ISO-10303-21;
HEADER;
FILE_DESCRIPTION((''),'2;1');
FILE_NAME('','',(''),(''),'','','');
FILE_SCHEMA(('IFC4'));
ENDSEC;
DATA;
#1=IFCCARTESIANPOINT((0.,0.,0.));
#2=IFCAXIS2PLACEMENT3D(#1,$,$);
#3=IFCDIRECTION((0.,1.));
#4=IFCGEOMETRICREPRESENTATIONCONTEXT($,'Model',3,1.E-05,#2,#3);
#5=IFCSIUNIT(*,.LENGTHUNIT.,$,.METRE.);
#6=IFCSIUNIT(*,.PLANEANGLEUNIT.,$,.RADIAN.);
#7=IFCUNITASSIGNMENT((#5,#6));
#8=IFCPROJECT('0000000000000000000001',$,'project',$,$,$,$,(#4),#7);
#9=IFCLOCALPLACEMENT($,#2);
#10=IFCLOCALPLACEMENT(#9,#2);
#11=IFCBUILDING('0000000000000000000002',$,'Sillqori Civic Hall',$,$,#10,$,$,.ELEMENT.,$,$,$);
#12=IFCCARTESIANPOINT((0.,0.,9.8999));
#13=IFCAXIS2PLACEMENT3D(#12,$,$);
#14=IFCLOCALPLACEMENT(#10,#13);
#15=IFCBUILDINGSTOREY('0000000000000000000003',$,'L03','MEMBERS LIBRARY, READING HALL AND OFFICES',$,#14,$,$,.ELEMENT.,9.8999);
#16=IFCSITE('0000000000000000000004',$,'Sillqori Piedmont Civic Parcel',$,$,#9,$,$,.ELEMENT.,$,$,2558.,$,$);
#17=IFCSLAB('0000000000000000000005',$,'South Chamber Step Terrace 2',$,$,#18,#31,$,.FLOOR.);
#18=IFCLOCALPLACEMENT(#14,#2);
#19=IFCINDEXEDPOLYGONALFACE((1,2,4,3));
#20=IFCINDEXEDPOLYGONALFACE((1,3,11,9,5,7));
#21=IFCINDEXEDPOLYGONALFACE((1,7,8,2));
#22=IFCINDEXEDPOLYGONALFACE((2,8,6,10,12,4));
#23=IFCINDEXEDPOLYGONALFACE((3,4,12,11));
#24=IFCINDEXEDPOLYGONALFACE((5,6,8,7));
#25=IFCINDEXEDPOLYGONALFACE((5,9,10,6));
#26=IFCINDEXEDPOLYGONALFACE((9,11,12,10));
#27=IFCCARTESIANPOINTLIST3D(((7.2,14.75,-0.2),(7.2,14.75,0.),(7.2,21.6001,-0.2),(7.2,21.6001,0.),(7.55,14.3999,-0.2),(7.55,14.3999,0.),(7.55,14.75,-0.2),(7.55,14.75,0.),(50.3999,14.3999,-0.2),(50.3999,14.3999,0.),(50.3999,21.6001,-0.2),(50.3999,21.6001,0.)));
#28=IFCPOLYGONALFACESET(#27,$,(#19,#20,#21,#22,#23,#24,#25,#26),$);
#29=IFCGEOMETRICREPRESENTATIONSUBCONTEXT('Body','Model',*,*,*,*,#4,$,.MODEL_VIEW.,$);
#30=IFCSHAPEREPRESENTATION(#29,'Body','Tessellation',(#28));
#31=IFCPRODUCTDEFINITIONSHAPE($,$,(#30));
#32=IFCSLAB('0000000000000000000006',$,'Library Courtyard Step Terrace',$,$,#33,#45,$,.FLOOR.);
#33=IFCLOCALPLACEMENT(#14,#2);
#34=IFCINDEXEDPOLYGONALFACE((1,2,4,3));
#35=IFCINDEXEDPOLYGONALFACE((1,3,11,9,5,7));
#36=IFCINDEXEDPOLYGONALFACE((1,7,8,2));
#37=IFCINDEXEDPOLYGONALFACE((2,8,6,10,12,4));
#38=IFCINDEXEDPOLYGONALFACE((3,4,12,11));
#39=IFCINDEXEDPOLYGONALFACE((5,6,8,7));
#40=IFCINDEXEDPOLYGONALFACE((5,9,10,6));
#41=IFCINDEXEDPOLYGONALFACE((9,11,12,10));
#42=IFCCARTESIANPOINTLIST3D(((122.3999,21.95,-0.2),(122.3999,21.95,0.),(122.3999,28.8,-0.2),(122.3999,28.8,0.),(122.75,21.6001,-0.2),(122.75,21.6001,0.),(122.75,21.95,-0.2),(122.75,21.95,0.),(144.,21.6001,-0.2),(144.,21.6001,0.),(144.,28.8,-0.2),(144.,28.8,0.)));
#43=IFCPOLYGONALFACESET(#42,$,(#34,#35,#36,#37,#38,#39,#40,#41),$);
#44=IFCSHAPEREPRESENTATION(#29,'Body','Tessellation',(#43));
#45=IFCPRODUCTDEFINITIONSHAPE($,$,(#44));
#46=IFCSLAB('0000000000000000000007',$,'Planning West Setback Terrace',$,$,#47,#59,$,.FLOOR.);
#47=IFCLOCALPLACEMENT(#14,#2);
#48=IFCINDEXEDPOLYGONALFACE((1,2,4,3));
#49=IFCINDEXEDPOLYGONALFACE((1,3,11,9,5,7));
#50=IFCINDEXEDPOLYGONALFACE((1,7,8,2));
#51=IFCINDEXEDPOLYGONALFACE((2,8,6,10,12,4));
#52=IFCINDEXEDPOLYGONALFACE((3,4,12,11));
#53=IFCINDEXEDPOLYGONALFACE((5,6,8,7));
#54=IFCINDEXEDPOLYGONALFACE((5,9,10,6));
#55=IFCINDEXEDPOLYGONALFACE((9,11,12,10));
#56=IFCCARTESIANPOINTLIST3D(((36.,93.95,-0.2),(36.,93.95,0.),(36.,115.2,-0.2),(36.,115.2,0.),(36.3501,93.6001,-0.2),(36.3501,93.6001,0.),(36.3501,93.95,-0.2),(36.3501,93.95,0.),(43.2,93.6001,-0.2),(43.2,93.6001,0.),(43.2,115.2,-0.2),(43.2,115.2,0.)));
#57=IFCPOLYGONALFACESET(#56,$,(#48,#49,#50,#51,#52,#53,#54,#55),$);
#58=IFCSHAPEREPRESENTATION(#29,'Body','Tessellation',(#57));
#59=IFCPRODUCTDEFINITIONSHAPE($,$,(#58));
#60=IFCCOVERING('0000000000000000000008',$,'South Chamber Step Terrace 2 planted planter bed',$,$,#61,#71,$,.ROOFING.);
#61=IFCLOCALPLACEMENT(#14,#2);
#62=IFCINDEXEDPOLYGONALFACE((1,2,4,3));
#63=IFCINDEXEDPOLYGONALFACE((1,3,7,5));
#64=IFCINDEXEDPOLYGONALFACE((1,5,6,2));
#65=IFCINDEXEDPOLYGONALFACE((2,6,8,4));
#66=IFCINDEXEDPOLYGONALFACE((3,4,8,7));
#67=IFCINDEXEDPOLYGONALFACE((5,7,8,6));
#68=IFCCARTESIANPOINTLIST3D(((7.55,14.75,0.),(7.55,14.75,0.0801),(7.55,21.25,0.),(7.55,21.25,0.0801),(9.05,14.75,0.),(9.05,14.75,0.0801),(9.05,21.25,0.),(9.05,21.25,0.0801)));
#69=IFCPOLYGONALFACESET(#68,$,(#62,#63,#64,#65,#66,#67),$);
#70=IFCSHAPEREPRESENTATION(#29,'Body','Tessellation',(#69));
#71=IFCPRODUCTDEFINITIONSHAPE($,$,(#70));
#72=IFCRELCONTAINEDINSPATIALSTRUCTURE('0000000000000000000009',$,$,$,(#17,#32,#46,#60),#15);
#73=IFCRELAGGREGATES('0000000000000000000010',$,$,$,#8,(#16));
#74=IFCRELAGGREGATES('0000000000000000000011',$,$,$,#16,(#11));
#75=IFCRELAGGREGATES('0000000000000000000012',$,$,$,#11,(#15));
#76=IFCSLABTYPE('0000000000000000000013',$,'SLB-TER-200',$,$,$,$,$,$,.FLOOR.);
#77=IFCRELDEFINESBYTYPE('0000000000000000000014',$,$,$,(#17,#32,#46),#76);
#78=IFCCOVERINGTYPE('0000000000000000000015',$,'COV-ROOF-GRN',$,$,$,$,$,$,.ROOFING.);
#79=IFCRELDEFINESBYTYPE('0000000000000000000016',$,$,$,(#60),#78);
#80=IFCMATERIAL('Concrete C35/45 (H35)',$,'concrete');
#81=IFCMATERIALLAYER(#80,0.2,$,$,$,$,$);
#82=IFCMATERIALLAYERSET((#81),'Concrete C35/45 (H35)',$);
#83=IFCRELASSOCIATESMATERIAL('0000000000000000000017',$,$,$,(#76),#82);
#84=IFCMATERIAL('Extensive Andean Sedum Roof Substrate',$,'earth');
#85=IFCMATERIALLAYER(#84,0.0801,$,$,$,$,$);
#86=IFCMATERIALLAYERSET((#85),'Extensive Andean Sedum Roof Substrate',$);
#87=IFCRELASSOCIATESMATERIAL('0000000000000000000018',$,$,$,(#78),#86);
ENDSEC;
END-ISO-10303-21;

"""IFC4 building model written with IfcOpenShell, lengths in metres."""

from ifc_helpers import new_model, si_unit, direction, frame, origin, place, context, subcontext, project, spatial, polyline, outline, extrude, material, layer, layer_set, type_object, element, save


model = new_model("IFC4")

# Units and contexts
model_context = context("Model", 3, precision=1e-05, world=origin(), true_north=direction((0.0, 1.0)))
body_context = subcontext(model_context, "Body", "Model", "MODEL_VIEW")
ifc_project = project(units=[si_unit("LENGTHUNIT", "METRE"), si_unit("PLANEANGLEUNIT", "RADIAN")], contexts=[model_context])

# Site, building, storey
site_placement = place(None, origin())
site = spatial("IfcSite", under=ifc_project, at=site_placement, Name="Sillqori Piedmont Civic Parcel", CompositionType="ELEMENT", RefElevation=2558.0)
building_placement = place(site_placement, origin())
building = spatial("IfcBuilding", under=site, at=building_placement, Name="Sillqori Civic Hall", CompositionType="ELEMENT")
storey_placement = place(building_placement, frame((0.0, 0.0, 9.8999)))
storey = spatial("IfcBuildingStorey", under=building, at=storey_placement, Name="L03", Description="MEMBERS LIBRARY, READING HALL AND OFFICES", CompositionType="ELEMENT", Elevation=9.8999)

# Slabs
ifc_material_1 = material(Name="Concrete C35/45 (H35)", Category="concrete")
ifc_layer_1 = layer(ifc_material_1, 0.2)
ifc_layer_set_1 = layer_set([ifc_layer_1], Name="Concrete C35/45 (H35)")
slab_type_1 = type_object("IfcSlabType", Name="SLB-TER-200", PredefinedType="FLOOR", material=ifc_layer_set_1)
slab_1_placement = place(storey_placement, frame((0.0, 0.0, -0.2)))
element("IfcSlab", 1, at=slab_1_placement, inside=storey, type_object=slab_type_1, Name="South Chamber Step Terrace 2", PredefinedType="FLOOR", context=body_context, shape_type="SweptSolid", body=[
    extrude(outline(polyline([(7.2, 21.6001), (50.3999, 21.6001), (50.3999, 14.3999), (7.55, 14.3999), (7.55, 14.75), (7.2, 14.75), (7.2, 21.6001)])), origin(), (0.0, 0.0, 1.0), 0.2),
])
slab_2_placement = place(storey_placement, frame((0.0, 0.0, -0.2)))
element("IfcSlab", 2, at=slab_2_placement, inside=storey, type_object=slab_type_1, Name="Library Courtyard Step Terrace", PredefinedType="FLOOR", context=body_context, shape_type="SweptSolid", body=[
    extrude(outline(polyline([(122.3999, 28.8), (144.0, 28.8), (144.0, 21.6001), (122.75, 21.6001), (122.75, 21.95), (122.3999, 21.95), (122.3999, 28.8)])), origin(), (0.0, 0.0, 1.0), 0.2),
])
slab_3_placement = place(storey_placement, frame((0.0, 0.0, -0.2)))
element("IfcSlab", 3, at=slab_3_placement, inside=storey, type_object=slab_type_1, Name="Planning West Setback Terrace", PredefinedType="FLOOR", context=body_context, shape_type="SweptSolid", body=[
    extrude(outline(polyline([(36.0, 115.2), (43.2, 115.2), (43.2, 93.6001), (36.3501, 93.6001), (36.3501, 93.95), (36.0, 93.95), (36.0, 115.2)])), origin(), (0.0, 0.0, 1.0), 0.2),
])

# Covering
ifc_material_2 = material(Name="Extensive Andean Sedum Roof Substrate", Category="earth")
ifc_layer_2 = layer(ifc_material_2, 0.0801)
ifc_layer_set_2 = layer_set([ifc_layer_2], Name="Extensive Andean Sedum Roof Substrate")
covering_type = type_object("IfcCoveringType", Name="COV-ROOF-GRN", PredefinedType="ROOFING", material=ifc_layer_set_2)
covering_placement = place(storey_placement, origin())
element("IfcCovering", 4, at=covering_placement, inside=storey, type_object=covering_type, Name="South Chamber Step Terrace 2 planted planter bed", PredefinedType="ROOFING", context=body_context, shape_type="SweptSolid", body=[
    extrude(outline(polyline([(7.55, 14.75), (9.05, 14.75), (9.05, 21.25), (7.55, 21.25), (7.55, 14.75)])), origin(), (0.0, 0.0, 1.0), 0.0801),
])

save(model, "model.ifc")
